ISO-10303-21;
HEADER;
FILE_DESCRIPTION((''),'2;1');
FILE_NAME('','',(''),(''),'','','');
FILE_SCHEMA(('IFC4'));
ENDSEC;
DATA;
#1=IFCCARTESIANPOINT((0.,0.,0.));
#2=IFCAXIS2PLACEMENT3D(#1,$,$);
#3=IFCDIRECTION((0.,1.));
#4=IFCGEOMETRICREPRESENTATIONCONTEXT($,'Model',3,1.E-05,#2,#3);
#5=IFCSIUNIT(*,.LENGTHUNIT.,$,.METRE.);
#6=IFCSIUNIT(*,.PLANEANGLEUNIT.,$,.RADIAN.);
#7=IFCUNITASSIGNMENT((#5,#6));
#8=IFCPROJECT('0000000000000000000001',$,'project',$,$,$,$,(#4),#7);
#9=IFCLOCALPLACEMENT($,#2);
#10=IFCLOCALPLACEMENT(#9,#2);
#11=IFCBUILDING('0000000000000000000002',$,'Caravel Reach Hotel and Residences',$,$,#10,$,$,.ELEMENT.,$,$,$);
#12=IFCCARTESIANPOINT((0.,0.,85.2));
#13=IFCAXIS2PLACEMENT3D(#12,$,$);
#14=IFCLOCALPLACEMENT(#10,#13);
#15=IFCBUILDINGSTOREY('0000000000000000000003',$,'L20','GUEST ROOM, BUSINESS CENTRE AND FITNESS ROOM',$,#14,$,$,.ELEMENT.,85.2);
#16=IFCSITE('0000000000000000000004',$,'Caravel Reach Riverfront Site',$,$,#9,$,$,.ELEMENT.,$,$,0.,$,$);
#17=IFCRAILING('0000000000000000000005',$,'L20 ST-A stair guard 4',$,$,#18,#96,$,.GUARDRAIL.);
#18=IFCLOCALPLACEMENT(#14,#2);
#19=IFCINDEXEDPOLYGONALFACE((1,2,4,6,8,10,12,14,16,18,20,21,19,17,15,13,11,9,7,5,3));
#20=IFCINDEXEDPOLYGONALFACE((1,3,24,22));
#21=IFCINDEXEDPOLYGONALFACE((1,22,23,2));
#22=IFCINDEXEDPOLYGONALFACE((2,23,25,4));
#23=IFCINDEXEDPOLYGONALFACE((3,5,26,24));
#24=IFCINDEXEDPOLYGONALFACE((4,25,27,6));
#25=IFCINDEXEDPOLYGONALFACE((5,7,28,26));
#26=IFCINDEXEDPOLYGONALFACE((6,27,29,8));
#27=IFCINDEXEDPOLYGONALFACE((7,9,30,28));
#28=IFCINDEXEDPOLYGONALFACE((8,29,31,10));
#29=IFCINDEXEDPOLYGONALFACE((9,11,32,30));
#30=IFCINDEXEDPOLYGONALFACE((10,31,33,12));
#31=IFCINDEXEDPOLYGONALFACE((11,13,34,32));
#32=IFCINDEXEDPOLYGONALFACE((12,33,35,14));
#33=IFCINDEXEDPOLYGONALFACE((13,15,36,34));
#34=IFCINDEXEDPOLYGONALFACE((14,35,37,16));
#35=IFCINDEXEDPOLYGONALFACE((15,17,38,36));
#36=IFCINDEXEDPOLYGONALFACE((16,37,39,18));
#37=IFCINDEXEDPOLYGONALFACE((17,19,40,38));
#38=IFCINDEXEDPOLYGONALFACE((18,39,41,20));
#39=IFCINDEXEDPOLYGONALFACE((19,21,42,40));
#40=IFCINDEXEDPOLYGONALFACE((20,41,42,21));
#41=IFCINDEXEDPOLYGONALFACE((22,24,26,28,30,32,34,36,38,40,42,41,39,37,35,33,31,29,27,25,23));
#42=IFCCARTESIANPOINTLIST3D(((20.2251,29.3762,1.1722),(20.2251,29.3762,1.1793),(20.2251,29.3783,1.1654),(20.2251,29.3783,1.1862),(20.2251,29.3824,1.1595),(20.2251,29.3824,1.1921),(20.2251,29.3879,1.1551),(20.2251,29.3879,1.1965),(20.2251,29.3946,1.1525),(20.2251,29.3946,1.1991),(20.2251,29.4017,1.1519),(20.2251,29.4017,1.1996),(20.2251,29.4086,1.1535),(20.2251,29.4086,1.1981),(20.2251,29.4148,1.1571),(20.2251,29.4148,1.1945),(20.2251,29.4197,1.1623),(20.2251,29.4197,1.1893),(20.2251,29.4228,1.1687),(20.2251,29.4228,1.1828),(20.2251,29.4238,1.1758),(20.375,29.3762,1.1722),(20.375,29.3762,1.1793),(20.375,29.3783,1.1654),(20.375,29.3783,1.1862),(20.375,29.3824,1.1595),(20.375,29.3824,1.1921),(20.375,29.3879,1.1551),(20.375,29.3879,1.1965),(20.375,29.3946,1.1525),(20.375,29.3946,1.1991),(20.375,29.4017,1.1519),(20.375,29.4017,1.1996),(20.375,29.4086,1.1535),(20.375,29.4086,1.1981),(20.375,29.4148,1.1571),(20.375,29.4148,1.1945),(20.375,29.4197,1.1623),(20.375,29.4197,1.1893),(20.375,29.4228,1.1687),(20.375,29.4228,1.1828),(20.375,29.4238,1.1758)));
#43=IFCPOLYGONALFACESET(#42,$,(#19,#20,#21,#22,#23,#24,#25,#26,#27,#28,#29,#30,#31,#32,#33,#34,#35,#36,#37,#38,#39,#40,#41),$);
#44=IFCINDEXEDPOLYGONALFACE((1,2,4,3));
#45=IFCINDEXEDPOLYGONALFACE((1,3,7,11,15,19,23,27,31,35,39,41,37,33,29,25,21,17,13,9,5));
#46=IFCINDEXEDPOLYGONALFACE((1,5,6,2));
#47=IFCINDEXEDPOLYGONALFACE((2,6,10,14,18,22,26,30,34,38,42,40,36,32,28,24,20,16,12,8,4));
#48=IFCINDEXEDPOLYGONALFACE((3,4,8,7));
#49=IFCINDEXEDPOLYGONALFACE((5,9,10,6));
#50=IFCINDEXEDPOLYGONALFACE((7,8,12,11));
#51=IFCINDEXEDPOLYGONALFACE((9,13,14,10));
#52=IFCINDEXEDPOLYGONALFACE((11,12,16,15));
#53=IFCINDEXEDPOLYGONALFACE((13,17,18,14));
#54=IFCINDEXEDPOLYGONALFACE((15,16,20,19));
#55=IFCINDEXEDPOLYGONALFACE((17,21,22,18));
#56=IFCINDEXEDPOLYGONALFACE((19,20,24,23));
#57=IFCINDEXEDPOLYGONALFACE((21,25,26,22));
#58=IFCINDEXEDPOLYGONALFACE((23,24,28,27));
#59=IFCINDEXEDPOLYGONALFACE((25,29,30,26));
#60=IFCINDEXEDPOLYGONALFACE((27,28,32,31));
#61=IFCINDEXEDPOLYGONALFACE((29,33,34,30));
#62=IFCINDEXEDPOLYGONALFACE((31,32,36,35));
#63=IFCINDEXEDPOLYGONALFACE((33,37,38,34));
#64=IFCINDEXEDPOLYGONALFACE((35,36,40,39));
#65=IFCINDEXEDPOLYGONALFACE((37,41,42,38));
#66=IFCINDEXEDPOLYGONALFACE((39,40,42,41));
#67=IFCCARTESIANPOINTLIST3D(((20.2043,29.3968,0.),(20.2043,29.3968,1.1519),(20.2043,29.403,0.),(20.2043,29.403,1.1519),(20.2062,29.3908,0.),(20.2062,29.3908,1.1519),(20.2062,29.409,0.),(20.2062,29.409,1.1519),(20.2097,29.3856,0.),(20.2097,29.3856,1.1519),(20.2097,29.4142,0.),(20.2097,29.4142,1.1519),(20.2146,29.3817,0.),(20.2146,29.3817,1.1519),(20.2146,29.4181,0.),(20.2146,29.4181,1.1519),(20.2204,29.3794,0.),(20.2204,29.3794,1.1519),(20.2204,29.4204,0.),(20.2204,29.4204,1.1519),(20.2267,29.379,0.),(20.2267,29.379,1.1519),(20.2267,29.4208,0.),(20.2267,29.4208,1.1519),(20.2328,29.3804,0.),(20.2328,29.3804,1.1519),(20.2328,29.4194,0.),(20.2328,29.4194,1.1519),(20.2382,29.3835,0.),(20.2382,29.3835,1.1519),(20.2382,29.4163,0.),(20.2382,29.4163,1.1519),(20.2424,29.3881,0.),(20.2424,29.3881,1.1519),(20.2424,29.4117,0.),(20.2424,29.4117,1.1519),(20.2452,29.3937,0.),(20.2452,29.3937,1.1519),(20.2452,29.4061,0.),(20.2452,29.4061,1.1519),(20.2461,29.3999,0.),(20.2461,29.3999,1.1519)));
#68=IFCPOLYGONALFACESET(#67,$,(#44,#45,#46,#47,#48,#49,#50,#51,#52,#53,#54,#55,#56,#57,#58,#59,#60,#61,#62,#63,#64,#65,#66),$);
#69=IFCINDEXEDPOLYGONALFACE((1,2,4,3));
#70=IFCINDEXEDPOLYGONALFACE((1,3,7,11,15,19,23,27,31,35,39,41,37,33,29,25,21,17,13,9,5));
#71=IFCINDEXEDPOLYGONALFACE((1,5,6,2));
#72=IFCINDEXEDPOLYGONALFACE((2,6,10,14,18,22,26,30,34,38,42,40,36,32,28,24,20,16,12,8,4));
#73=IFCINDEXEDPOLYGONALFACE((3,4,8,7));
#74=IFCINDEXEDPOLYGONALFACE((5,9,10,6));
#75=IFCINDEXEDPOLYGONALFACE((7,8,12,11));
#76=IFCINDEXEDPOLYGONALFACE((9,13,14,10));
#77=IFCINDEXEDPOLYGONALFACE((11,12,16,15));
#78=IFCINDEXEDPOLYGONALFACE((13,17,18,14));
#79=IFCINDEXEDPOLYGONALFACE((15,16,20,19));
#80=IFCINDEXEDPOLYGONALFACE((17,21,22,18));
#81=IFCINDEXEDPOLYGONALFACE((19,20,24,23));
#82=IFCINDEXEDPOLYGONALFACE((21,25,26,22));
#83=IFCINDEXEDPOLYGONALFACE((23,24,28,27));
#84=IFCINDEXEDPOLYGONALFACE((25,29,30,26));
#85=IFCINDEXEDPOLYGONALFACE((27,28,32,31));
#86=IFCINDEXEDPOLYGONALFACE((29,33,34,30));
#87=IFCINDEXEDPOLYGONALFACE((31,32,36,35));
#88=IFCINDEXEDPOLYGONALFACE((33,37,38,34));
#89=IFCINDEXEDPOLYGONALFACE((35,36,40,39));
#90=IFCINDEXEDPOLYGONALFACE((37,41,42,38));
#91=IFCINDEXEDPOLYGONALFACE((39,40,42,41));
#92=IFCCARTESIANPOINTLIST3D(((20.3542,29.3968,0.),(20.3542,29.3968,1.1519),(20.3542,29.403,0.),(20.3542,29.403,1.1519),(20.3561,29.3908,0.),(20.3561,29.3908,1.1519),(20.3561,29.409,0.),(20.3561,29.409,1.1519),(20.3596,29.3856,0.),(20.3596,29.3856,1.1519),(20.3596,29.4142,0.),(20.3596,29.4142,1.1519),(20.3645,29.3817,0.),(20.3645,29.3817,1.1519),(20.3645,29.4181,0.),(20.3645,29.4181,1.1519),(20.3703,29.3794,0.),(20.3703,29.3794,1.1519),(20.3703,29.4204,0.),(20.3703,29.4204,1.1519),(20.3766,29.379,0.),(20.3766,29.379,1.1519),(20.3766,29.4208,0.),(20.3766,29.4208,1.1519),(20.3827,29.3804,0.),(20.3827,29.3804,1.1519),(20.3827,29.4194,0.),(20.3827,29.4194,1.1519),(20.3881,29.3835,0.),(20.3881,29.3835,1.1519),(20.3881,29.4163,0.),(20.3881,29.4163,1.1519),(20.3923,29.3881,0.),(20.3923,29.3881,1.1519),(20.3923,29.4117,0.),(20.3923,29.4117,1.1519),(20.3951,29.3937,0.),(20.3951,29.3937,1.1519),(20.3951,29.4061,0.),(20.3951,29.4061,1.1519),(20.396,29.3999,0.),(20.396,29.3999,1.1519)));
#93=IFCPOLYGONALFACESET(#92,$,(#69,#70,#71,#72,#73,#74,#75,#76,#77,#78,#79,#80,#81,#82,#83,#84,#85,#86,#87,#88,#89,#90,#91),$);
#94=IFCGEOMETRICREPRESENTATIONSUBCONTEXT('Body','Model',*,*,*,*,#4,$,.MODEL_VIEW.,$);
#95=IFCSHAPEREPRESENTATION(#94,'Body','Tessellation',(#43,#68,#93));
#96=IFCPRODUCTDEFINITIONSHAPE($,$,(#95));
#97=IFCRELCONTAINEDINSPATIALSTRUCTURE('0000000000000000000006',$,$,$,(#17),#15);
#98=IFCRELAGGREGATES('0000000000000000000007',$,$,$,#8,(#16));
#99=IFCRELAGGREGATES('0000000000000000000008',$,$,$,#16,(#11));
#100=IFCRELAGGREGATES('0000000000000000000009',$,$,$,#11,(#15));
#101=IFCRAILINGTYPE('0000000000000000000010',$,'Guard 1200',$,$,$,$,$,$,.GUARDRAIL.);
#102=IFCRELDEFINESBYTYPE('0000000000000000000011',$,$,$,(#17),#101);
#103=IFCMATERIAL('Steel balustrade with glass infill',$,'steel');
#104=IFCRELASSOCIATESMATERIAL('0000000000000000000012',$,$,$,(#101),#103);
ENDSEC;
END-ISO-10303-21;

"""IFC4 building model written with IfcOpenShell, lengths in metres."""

from ifc_helpers import new_model, si_unit, direction, frame, origin, origin_2d, place, context, subcontext, project, spatial, circle, extrude, material, type_object, element, save


model = new_model("IFC4")

# Units and contexts
model_context = context("Model", 3, precision=1e-05, world=origin(), true_north=direction((0.0, 1.0)))
body_context = subcontext(model_context, "Body", "Model", "MODEL_VIEW")
ifc_project = project(units=[si_unit("LENGTHUNIT", "METRE"), si_unit("PLANEANGLEUNIT", "RADIAN")], contexts=[model_context])

# Site, building, storey
site_placement = place(None, origin())
site = spatial("IfcSite", under=ifc_project, at=site_placement, Name="Caravel Reach Riverfront Site", CompositionType="ELEMENT", RefElevation=0.0)
building_placement = place(site_placement, origin())
building = spatial("IfcBuilding", under=site, at=building_placement, Name="Caravel Reach Hotel and Residences", CompositionType="ELEMENT")
storey_placement = place(building_placement, frame((0.0, 0.0, 85.2)))
storey = spatial("IfcBuildingStorey", under=building, at=storey_placement, Name="L20", Description="GUEST ROOM, BUSINESS CENTRE AND FITNESS ROOM", CompositionType="ELEMENT", Elevation=85.2)

# Railing
ifc_material_1 = material(Name="Steel balustrade with glass infill", Category="steel")
railing_type_1 = type_object("IfcRailingType", Name="Guard 1200", PredefinedType="GUARDRAIL", material=ifc_material_1)
railing_1_placement = place(storey_placement, frame((20.2251, 29.3999, 0.0)))
element("IfcRailing", 1, at=railing_1_placement, inside=storey, type_object=railing_type_1, Name="L20 ST-A stair guard 4", PredefinedType="GUARDRAIL", context=body_context, shape_type="SweptSolid", body=[
    extrude(circle(Radius=0.0239, at=origin_2d()), frame((0.0, 0.0, 1.1758), z_axis=(1.0, 0.0, 0.0), x_axis=(0.0, 1.0, 0.0)), (0.0, 0.0, 1.0), 0.1499),
    extrude(circle(Radius=0.021, at=origin_2d()), origin(), (0.0, 0.0, 1.0), 1.1519),
    extrude(circle(Radius=0.021, at=origin_2d()), frame((0.1499, 0.0, 0.0)), (0.0, 0.0, 1.0), 1.1519),
])

save(model, "model.ifc")
